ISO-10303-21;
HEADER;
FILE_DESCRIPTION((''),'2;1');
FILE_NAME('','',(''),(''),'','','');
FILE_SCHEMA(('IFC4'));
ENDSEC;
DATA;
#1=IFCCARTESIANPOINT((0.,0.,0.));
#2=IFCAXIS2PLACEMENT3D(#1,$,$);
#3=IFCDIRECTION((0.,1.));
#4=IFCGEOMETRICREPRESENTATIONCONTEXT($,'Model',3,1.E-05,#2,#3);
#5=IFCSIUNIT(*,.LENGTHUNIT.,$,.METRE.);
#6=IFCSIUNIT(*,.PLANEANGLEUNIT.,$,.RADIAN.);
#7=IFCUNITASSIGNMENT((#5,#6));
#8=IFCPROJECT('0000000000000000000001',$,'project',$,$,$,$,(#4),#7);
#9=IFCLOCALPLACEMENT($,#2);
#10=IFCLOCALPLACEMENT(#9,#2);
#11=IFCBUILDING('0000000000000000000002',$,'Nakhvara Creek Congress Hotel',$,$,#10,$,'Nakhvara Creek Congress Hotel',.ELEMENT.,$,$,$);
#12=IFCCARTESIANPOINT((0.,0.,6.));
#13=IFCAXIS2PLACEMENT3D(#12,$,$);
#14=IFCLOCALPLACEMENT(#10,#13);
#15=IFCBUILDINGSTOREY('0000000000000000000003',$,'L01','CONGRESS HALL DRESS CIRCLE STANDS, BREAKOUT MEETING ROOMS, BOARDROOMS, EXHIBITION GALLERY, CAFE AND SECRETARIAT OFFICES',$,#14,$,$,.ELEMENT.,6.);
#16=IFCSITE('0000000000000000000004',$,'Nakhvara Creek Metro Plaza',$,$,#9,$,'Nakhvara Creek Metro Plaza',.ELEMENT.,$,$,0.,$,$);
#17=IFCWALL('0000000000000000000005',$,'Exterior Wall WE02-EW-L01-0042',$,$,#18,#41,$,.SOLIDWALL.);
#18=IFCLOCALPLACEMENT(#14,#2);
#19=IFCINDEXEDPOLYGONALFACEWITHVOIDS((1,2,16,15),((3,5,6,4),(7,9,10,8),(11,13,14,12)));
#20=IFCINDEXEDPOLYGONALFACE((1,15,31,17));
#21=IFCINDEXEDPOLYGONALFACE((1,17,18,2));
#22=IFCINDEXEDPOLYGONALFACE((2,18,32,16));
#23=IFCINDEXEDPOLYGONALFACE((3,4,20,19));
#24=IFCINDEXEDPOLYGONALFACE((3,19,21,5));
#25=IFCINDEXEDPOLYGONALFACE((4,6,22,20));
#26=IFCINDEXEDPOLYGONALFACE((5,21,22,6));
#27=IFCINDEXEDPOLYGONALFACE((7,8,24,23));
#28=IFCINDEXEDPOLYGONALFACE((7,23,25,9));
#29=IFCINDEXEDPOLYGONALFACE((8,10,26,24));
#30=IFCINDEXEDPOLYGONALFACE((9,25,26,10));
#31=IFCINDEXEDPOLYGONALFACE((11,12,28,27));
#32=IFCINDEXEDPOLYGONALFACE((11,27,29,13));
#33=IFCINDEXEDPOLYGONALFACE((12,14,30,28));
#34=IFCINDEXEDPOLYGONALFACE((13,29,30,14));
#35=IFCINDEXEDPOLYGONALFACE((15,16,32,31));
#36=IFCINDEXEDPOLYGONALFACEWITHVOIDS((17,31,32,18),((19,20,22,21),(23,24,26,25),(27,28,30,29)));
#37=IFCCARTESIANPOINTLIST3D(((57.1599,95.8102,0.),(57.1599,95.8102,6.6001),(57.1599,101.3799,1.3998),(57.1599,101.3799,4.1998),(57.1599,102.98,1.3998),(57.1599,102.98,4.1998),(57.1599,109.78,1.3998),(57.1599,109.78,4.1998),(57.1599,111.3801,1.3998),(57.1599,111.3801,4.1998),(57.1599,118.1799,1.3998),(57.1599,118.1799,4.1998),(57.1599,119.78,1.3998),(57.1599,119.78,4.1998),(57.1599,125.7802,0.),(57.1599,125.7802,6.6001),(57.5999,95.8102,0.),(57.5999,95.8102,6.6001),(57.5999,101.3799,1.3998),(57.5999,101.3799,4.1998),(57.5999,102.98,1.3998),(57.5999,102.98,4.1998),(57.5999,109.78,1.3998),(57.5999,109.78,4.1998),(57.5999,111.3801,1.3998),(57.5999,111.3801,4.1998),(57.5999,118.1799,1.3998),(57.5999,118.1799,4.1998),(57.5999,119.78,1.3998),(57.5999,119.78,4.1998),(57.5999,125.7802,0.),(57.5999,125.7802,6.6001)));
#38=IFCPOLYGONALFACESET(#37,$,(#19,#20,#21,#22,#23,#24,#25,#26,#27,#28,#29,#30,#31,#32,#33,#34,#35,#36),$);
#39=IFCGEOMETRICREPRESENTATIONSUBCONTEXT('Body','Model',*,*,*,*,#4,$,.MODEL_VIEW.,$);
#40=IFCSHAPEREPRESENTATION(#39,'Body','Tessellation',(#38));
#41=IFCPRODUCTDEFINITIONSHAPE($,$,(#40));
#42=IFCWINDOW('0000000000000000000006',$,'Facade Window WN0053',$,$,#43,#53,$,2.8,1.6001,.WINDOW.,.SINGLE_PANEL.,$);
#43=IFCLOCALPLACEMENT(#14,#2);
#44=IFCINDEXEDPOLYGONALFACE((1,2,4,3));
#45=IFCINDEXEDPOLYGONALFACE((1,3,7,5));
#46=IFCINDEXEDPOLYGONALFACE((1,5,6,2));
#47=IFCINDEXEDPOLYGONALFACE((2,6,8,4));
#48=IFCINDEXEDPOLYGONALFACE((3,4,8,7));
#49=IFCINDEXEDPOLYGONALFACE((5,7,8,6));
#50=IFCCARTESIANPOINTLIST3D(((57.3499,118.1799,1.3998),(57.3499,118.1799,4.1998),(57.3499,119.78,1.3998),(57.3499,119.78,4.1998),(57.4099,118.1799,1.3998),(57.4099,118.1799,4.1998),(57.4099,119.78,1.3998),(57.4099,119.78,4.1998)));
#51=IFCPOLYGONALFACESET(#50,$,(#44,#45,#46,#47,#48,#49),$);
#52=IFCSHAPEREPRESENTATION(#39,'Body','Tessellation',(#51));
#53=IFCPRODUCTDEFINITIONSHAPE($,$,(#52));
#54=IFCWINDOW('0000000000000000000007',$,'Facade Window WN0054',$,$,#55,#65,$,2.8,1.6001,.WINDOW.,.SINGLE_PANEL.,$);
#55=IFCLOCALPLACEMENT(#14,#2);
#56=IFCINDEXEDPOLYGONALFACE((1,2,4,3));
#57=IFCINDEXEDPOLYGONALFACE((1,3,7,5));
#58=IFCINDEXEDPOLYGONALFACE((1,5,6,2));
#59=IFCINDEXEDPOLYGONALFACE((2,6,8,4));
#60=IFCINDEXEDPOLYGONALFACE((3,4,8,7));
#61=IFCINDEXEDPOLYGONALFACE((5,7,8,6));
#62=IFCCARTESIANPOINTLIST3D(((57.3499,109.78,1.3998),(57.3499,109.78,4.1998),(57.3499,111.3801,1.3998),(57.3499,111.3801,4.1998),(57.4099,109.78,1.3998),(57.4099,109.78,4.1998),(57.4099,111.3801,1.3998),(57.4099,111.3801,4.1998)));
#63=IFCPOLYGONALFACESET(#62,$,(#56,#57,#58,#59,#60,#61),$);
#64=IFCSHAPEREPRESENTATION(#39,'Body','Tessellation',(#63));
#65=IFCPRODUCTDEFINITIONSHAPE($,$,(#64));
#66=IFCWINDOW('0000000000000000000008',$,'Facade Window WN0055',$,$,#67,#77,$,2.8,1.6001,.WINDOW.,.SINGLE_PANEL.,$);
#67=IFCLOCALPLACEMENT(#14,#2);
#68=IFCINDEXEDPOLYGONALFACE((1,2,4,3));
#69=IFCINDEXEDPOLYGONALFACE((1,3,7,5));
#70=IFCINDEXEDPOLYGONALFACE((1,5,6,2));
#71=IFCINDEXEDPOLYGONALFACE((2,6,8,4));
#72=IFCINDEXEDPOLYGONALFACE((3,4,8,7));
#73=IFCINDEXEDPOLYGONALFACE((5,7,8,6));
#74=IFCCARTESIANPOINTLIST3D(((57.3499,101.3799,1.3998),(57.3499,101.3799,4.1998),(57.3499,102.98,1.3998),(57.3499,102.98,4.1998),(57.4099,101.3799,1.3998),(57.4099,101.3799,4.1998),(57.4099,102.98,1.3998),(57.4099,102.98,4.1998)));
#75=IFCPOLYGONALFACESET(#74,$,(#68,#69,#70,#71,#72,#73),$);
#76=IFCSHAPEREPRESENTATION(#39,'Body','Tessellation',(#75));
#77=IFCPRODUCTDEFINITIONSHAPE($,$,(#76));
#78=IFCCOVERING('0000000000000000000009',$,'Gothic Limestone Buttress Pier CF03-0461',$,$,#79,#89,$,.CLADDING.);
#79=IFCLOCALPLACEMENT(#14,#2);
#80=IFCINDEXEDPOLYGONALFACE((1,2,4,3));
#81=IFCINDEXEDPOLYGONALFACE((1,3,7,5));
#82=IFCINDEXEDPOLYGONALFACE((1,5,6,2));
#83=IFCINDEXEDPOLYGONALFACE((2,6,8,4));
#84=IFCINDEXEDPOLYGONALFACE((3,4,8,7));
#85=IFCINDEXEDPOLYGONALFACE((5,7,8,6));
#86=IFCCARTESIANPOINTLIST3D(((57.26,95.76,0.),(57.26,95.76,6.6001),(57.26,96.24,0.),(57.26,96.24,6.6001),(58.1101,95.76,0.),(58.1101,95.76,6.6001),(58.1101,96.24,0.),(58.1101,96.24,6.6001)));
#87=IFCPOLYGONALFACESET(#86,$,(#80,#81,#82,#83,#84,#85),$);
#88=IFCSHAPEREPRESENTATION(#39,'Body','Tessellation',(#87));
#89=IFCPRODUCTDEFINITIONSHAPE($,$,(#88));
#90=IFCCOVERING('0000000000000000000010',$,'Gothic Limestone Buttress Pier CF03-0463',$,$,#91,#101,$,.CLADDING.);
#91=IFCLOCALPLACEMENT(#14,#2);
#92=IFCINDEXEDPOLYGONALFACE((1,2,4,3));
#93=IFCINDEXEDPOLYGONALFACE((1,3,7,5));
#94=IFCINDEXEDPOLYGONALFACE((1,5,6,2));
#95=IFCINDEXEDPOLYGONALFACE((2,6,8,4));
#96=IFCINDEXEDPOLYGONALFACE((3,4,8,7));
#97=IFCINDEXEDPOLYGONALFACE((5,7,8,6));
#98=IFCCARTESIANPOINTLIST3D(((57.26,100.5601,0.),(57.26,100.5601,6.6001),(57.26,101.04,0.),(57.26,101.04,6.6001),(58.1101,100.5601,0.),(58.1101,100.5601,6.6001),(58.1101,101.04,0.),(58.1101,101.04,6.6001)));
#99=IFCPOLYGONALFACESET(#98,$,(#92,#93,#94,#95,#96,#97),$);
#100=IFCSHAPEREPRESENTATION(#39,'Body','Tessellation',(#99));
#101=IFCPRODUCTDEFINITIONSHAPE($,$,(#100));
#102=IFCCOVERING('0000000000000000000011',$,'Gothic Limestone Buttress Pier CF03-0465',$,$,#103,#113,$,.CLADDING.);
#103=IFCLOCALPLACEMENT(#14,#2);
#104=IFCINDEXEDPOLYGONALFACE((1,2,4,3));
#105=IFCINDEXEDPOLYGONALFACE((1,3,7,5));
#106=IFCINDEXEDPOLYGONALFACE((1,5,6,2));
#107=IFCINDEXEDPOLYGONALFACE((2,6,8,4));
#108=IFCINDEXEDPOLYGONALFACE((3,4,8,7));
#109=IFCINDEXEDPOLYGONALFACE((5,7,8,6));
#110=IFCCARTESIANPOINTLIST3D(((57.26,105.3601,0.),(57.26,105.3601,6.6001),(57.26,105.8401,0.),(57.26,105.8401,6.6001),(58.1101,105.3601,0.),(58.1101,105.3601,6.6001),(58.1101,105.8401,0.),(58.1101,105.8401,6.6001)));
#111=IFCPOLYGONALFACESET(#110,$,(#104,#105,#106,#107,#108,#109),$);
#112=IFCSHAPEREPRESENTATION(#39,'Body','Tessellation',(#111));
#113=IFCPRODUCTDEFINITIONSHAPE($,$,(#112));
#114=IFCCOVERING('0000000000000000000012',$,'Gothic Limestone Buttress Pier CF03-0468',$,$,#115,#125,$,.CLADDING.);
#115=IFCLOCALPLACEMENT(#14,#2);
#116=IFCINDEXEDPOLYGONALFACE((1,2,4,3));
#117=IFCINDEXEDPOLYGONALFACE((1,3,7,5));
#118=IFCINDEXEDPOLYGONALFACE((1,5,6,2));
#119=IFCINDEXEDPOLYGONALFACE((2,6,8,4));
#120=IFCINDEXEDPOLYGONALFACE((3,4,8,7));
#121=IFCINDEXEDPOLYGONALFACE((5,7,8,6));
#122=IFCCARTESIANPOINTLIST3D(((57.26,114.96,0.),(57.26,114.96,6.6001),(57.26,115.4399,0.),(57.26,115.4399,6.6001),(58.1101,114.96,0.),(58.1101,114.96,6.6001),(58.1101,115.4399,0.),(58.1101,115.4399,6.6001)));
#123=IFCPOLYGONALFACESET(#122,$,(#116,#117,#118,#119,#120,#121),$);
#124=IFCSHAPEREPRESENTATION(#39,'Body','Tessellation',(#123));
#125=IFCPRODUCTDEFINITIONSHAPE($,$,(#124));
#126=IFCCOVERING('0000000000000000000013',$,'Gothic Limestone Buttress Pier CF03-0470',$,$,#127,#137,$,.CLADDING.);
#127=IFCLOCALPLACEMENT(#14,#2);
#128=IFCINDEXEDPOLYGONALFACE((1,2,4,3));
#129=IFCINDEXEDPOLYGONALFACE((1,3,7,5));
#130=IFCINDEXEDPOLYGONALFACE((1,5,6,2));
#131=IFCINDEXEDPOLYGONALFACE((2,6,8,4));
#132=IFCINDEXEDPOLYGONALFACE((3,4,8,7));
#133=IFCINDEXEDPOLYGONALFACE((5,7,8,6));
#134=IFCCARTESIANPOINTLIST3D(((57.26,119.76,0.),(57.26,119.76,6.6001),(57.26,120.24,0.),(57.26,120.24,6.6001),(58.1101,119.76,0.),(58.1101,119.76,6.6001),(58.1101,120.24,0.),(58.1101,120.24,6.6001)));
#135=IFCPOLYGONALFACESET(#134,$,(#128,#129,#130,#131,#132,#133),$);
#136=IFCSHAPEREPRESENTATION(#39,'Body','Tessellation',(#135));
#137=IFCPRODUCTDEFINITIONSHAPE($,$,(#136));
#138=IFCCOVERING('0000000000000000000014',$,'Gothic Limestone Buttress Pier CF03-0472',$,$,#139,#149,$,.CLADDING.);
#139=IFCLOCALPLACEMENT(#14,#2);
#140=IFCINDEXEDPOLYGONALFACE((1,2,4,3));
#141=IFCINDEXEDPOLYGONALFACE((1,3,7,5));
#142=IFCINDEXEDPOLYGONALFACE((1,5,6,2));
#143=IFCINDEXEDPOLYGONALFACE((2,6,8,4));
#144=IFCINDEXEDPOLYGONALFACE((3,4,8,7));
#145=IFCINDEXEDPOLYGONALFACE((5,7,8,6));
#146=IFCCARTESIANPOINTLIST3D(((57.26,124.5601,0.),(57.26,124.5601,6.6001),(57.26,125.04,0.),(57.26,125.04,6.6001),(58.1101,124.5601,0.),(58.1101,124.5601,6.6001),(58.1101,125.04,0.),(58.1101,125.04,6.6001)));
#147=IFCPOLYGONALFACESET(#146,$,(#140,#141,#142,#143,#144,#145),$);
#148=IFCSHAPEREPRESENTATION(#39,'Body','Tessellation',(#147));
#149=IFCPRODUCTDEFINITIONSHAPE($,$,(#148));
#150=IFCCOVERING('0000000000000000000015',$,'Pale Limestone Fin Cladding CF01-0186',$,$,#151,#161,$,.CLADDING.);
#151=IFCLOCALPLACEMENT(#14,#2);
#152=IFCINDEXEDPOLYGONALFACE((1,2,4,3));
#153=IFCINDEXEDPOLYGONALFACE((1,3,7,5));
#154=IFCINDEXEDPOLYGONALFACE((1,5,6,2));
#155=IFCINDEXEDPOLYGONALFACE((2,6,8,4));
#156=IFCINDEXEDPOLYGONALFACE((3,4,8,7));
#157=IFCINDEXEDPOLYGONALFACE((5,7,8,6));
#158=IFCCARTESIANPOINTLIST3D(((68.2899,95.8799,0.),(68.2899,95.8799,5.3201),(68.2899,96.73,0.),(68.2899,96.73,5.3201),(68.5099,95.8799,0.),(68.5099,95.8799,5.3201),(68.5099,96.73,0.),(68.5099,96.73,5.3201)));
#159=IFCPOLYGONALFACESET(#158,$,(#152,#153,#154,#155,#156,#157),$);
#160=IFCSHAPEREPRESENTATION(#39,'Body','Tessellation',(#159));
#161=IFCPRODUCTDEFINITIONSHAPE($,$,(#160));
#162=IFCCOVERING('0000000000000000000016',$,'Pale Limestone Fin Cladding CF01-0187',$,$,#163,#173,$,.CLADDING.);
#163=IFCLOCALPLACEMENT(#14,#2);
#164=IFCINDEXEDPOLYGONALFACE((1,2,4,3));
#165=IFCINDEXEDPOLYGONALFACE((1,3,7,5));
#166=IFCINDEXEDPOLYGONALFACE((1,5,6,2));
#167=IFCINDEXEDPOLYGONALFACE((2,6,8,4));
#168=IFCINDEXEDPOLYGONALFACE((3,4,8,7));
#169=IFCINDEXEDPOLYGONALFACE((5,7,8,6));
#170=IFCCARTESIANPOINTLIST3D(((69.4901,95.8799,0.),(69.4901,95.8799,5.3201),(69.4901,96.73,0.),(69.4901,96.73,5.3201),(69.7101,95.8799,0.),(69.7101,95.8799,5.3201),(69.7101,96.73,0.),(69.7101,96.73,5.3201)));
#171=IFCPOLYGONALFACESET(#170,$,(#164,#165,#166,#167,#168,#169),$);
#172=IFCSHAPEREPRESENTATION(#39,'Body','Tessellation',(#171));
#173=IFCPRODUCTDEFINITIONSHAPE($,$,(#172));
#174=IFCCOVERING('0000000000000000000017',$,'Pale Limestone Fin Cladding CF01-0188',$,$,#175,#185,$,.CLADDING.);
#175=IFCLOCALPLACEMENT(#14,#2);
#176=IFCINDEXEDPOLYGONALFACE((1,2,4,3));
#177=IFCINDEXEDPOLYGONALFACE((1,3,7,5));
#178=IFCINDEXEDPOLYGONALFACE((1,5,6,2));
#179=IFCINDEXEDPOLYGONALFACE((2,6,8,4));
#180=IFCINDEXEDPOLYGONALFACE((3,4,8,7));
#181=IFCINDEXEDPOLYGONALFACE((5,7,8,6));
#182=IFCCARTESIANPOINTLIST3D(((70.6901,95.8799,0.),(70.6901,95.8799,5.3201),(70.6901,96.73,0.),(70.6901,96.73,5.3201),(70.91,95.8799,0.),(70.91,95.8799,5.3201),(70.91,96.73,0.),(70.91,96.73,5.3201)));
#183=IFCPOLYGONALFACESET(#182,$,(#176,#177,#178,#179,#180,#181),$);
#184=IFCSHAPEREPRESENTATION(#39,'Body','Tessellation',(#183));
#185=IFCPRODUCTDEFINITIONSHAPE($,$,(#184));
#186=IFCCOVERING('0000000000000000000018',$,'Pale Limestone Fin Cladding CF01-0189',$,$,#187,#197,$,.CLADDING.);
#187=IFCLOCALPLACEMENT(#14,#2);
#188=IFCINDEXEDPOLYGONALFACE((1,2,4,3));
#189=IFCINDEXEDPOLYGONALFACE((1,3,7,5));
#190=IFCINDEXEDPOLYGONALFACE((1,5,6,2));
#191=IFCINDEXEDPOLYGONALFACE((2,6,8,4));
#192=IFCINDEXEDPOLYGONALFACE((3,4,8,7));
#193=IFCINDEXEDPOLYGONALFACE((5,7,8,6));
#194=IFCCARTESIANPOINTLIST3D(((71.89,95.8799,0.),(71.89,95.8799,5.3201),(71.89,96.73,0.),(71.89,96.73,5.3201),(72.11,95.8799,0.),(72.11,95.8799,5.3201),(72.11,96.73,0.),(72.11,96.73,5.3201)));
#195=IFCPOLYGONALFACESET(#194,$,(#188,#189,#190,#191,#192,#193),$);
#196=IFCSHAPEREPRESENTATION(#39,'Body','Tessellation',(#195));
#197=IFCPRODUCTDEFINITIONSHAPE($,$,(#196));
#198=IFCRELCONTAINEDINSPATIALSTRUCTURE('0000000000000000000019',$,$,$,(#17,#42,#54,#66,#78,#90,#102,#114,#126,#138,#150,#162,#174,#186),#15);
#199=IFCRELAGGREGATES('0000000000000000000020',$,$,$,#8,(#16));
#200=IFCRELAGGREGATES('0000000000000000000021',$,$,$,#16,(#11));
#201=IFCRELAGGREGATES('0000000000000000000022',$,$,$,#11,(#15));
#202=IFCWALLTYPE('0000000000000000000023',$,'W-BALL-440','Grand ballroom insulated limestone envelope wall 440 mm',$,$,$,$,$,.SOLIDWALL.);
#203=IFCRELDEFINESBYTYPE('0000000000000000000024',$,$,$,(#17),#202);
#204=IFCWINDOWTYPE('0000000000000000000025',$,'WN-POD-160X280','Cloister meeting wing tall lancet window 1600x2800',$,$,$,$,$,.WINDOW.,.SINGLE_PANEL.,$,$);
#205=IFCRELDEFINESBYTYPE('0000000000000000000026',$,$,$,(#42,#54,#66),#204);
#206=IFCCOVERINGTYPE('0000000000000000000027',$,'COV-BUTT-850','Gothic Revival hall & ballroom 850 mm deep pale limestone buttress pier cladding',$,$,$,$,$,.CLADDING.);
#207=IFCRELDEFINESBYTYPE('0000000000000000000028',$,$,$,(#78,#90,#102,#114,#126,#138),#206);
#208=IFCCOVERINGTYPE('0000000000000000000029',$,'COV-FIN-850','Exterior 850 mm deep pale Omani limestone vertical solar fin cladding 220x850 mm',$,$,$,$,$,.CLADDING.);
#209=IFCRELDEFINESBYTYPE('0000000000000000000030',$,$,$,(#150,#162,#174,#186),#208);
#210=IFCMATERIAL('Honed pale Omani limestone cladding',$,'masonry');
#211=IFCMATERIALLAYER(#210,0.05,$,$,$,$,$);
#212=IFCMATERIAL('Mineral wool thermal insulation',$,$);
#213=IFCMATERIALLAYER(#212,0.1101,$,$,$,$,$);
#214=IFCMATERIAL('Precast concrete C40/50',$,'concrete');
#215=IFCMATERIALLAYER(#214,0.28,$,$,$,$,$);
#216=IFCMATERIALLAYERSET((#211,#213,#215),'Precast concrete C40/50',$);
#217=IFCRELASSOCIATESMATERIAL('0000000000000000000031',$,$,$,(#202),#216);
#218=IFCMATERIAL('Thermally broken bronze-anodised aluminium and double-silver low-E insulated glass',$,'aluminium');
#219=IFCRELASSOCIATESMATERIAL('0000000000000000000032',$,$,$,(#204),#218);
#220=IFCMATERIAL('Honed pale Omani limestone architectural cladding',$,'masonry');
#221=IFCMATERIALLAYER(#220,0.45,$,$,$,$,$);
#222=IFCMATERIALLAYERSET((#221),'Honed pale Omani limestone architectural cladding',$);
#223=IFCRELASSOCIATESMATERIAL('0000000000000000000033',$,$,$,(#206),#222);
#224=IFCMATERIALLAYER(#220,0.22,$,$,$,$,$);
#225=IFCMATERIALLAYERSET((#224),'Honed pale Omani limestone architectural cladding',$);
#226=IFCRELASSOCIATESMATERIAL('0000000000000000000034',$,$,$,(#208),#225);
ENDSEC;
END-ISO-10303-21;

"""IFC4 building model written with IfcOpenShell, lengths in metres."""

from ifc_helpers import new_model, si_unit, direction, frame, frame_2d, origin, origin_2d, place, context, subcontext, project, spatial, rectangle, extrude, material, layer, layer_set, type_object, element, fill, save


model = new_model("IFC4")

# Units and contexts
model_context = context("Model", 3, precision=1e-05, world=origin(), true_north=direction((0.0, 1.0)))
body_context = subcontext(model_context, "Body", "Model", "MODEL_VIEW")
ifc_project = project(units=[si_unit("LENGTHUNIT", "METRE"), si_unit("PLANEANGLEUNIT", "RADIAN")], contexts=[model_context])

# Site, building, storey
site_placement = place(None, origin())
site = spatial("IfcSite", under=ifc_project, at=site_placement, Name="Nakhvara Creek Metro Plaza", LongName="Nakhvara Creek Metro Plaza", CompositionType="ELEMENT", RefElevation=0.0)
building_placement = place(site_placement, origin())
building = spatial("IfcBuilding", under=site, at=building_placement, Name="Nakhvara Creek Congress Hotel", LongName="Nakhvara Creek Congress Hotel", CompositionType="ELEMENT")
storey_placement = place(building_placement, frame((0.0, 0.0, 6.0)))
storey = spatial("IfcBuildingStorey", under=building, at=storey_placement, Name="L01", Description="CONGRESS HALL DRESS CIRCLE STANDS, BREAKOUT MEETING ROOMS, BOARDROOMS, EXHIBITION GALLERY, CAFE AND SECRETARIAT OFFICES", CompositionType="ELEMENT", Elevation=6.0)

# Wall, openings, windows
ifc_material_1 = material(Name="Honed pale Omani limestone cladding", Category="masonry")
ifc_layer_1 = layer(ifc_material_1, 0.05)
ifc_material_2 = material(Name="Mineral wool thermal insulation")
ifc_layer_2 = layer(ifc_material_2, 0.1101)
ifc_material_3 = material(Name="Precast concrete C40/50", Category="concrete")
ifc_layer_3 = layer(ifc_material_3, 0.28)
ifc_layer_set_1 = layer_set([ifc_layer_1, ifc_layer_2, ifc_layer_3], Name="Precast concrete C40/50")
wall_type = type_object("IfcWallType", Name="W-BALL-440", Description="Grand ballroom insulated limestone envelope wall 440 mm", PredefinedType="SOLIDWALL", material=ifc_layer_set_1)
wall_placement = place(storey_placement, frame((57.3799, 125.78, 0.0), z_axis=(0.0, 0.0, 1.0), x_axis=(0.0, -1.0, 0.0)))
wall = element("IfcWall", 1, at=wall_placement, inside=storey, type_object=wall_type, Name="Exterior Wall WE02-EW-L01-0042", PredefinedType="SOLIDWALL", context=body_context, shape_type="SweptSolid", body=[
    extrude(rectangle(XDim=29.97, YDim=0.4399, at=frame_2d((14.9849, 0.0))), origin(), (0.0, 0.0, 1.0), 6.6001),
])
opening_1_placement = place(wall_placement, frame((6.0, 0.0, 1.3999)))
opening_1 = element("IfcOpeningElement", 2, at=opening_1_placement, cuts=wall, PredefinedType="OPENING", context=body_context, shape_type="SweptSolid", body=[
    extrude(rectangle(XDim=1.6001, YDim=2.8, at=frame_2d((0.8, 1.3999))), frame((0.0, 0.2319, 0.0), z_axis=(0.0, -1.0, 0.0), x_axis=(1.0, 0.0, 0.0)), (0.0, 0.0, 1.0), 0.4639),
])
opening_2_placement = place(wall_placement, frame((14.3999, 0.0, 1.3999)))
opening_2 = element("IfcOpeningElement", 3, at=opening_2_placement, cuts=wall, PredefinedType="OPENING", context=body_context, shape_type="SweptSolid", body=[
    extrude(rectangle(XDim=1.6001, YDim=2.8, at=frame_2d((0.8, 1.3999))), frame((0.0, 0.2319, 0.0), z_axis=(0.0, -1.0, 0.0), x_axis=(1.0, 0.0, 0.0)), (0.0, 0.0, 1.0), 0.4639),
])
opening_3_placement = place(wall_placement, frame((22.8, 0.0, 1.3999)))
opening_3 = element("IfcOpeningElement", 4, at=opening_3_placement, cuts=wall, PredefinedType="OPENING", context=body_context, shape_type="SweptSolid", body=[
    extrude(rectangle(XDim=1.6001, YDim=2.8, at=frame_2d((0.8, 1.3999))), frame((0.0, 0.2319, 0.0), z_axis=(0.0, -1.0, 0.0), x_axis=(1.0, 0.0, 0.0)), (0.0, 0.0, 1.0), 0.4639),
])
ifc_material_4 = material(Name="Thermally broken bronze-anodised aluminium and double-silver low-E insulated glass", Category="aluminium")
window_type = type_object("IfcWindowType", Name="WN-POD-160X280", Description="Cloister meeting wing tall lancet window 1600x2800", PartitioningType="SINGLE_PANEL", PredefinedType="WINDOW", material=ifc_material_4)
window_1_placement = place(opening_1_placement, origin())
window_1 = element("IfcWindow", 5, at=window_1_placement, inside=storey, type_object=window_type, Name="Facade Window WN0053", OverallHeight=2.8, OverallWidth=1.6001, PartitioningType="SINGLE_PANEL", PredefinedType="WINDOW", context=body_context, shape_type="SweptSolid", body=[
    extrude(rectangle(XDim=1.6001, YDim=2.8, at=frame_2d((0.8, 1.3999))), frame((0.0, 0.03, 0.0), z_axis=(0.0, -1.0, 0.0), x_axis=(1.0, 0.0, 0.0)), (0.0, 0.0, 1.0), 0.0601),
])
fill(opening_1, window_1)
window_2_placement = place(opening_2_placement, origin())
window_2 = element("IfcWindow", 6, at=window_2_placement, inside=storey, type_object=window_type, Name="Facade Window WN0054", OverallHeight=2.8, OverallWidth=1.6001, PartitioningType="SINGLE_PANEL", PredefinedType="WINDOW", context=body_context, shape_type="SweptSolid", body=[
    extrude(rectangle(XDim=1.6001, YDim=2.8, at=frame_2d((0.8, 1.3999))), frame((0.0, 0.03, 0.0), z_axis=(0.0, -1.0, 0.0), x_axis=(1.0, 0.0, 0.0)), (0.0, 0.0, 1.0), 0.0601),
])
fill(opening_2, window_2)
window_3_placement = place(opening_3_placement, origin())
window_3 = element("IfcWindow", 7, at=window_3_placement, inside=storey, type_object=window_type, Name="Facade Window WN0055", OverallHeight=2.8, OverallWidth=1.6001, PartitioningType="SINGLE_PANEL", PredefinedType="WINDOW", context=body_context, shape_type="SweptSolid", body=[
    extrude(rectangle(XDim=1.6001, YDim=2.8, at=frame_2d((0.8, 1.3999))), frame((0.0, 0.03, 0.0), z_axis=(0.0, -1.0, 0.0), x_axis=(1.0, 0.0, 0.0)), (0.0, 0.0, 1.0), 0.0601),
])
fill(opening_3, window_3)

# Coverings
ifc_material_5 = material(Name="Honed pale Omani limestone architectural cladding", Category="masonry")
ifc_layer_4 = layer(ifc_material_5, 0.45)
ifc_layer_set_2 = layer_set([ifc_layer_4], Name="Honed pale Omani limestone architectural cladding")
covering_type_1 = type_object("IfcCoveringType", Name="COV-BUTT-850", Description="Gothic Revival hall & ballroom 850 mm deep pale limestone buttress pier cladding", PredefinedType="CLADDING", material=ifc_layer_set_2)
for number, where, z_axis, x_axis, name in (
    (8, (57.6851, 96.0, 0.0), (0.0, 0.0, 1.0), (0.0, 1.0, 0.0), "Gothic Limestone Buttress Pier CF03-0461"),
    (9, (57.6851, 100.8, 0.0), (0.0, 0.0, 1.0), (0.0, 1.0, 0.0), "Gothic Limestone Buttress Pier CF03-0463"),
    (10, (57.6851, 105.6001, 0.0), (0.0, 0.0, 1.0), (0.0, 1.0, 0.0), "Gothic Limestone Buttress Pier CF03-0465"),
    (11, (57.6851, 115.2, 0.0), (0.0, 0.0, 1.0), (0.0, 1.0, 0.0), "Gothic Limestone Buttress Pier CF03-0468"),
    (12, (57.6851, 120.0, 0.0), (0.0, 0.0, 1.0), (0.0, 1.0, 0.0), "Gothic Limestone Buttress Pier CF03-0470"),
    (13, (57.6851, 124.8, 0.0), (0.0, 0.0, 1.0), (0.0, 1.0, 0.0), "Gothic Limestone Buttress Pier CF03-0472"),
):
    element("IfcCovering", number, at=place(storey_placement, frame(where, z_axis=z_axis, x_axis=x_axis)), inside=storey, type_object=covering_type_1, Name=name, PredefinedType="CLADDING", context=body_context, shape_type="SweptSolid", body=[
        extrude(rectangle(XDim=0.48, YDim=0.8501, at=origin_2d()), origin(), (0.0, 0.0, 1.0), 6.6001),
    ])
ifc_layer_5 = layer(ifc_material_5, 0.22)
ifc_layer_set_3 = layer_set([ifc_layer_5], Name="Honed pale Omani limestone architectural cladding")
covering_type_2 = type_object("IfcCoveringType", Name="COV-FIN-850", Description="Exterior 850 mm deep pale Omani limestone vertical solar fin cladding 220x850 mm", PredefinedType="CLADDING", material=ifc_layer_set_3)
for number, where, z_axis, x_axis, name in (
    (14, (68.3999, 96.3049, 0.0), (0.0, 0.0, 1.0), (1.0, 0.0, 0.0), "Pale Limestone Fin Cladding CF01-0186"),
    (15, (69.6001, 96.3049, 0.0), (0.0, 0.0, 1.0), (1.0, 0.0, 0.0), "Pale Limestone Fin Cladding CF01-0187"),
    (16, (70.8, 96.3049, 0.0), (0.0, 0.0, 1.0), (1.0, 0.0, 0.0), "Pale Limestone Fin Cladding CF01-0188"),
    (17, (72.0, 96.3049, 0.0), (0.0, 0.0, 1.0), (1.0, 0.0, 0.0), "Pale Limestone Fin Cladding CF01-0189"),
):
    element("IfcCovering", number, at=place(storey_placement, frame(where, z_axis=z_axis, x_axis=x_axis)), inside=storey, type_object=covering_type_2, Name=name, PredefinedType="CLADDING", context=body_context, shape_type="SweptSolid", body=[
        extrude(rectangle(XDim=0.22, YDim=0.8501, at=origin_2d()), origin(), (0.0, 0.0, 1.0), 5.3201),
    ])

save(model, "model.ifc")
